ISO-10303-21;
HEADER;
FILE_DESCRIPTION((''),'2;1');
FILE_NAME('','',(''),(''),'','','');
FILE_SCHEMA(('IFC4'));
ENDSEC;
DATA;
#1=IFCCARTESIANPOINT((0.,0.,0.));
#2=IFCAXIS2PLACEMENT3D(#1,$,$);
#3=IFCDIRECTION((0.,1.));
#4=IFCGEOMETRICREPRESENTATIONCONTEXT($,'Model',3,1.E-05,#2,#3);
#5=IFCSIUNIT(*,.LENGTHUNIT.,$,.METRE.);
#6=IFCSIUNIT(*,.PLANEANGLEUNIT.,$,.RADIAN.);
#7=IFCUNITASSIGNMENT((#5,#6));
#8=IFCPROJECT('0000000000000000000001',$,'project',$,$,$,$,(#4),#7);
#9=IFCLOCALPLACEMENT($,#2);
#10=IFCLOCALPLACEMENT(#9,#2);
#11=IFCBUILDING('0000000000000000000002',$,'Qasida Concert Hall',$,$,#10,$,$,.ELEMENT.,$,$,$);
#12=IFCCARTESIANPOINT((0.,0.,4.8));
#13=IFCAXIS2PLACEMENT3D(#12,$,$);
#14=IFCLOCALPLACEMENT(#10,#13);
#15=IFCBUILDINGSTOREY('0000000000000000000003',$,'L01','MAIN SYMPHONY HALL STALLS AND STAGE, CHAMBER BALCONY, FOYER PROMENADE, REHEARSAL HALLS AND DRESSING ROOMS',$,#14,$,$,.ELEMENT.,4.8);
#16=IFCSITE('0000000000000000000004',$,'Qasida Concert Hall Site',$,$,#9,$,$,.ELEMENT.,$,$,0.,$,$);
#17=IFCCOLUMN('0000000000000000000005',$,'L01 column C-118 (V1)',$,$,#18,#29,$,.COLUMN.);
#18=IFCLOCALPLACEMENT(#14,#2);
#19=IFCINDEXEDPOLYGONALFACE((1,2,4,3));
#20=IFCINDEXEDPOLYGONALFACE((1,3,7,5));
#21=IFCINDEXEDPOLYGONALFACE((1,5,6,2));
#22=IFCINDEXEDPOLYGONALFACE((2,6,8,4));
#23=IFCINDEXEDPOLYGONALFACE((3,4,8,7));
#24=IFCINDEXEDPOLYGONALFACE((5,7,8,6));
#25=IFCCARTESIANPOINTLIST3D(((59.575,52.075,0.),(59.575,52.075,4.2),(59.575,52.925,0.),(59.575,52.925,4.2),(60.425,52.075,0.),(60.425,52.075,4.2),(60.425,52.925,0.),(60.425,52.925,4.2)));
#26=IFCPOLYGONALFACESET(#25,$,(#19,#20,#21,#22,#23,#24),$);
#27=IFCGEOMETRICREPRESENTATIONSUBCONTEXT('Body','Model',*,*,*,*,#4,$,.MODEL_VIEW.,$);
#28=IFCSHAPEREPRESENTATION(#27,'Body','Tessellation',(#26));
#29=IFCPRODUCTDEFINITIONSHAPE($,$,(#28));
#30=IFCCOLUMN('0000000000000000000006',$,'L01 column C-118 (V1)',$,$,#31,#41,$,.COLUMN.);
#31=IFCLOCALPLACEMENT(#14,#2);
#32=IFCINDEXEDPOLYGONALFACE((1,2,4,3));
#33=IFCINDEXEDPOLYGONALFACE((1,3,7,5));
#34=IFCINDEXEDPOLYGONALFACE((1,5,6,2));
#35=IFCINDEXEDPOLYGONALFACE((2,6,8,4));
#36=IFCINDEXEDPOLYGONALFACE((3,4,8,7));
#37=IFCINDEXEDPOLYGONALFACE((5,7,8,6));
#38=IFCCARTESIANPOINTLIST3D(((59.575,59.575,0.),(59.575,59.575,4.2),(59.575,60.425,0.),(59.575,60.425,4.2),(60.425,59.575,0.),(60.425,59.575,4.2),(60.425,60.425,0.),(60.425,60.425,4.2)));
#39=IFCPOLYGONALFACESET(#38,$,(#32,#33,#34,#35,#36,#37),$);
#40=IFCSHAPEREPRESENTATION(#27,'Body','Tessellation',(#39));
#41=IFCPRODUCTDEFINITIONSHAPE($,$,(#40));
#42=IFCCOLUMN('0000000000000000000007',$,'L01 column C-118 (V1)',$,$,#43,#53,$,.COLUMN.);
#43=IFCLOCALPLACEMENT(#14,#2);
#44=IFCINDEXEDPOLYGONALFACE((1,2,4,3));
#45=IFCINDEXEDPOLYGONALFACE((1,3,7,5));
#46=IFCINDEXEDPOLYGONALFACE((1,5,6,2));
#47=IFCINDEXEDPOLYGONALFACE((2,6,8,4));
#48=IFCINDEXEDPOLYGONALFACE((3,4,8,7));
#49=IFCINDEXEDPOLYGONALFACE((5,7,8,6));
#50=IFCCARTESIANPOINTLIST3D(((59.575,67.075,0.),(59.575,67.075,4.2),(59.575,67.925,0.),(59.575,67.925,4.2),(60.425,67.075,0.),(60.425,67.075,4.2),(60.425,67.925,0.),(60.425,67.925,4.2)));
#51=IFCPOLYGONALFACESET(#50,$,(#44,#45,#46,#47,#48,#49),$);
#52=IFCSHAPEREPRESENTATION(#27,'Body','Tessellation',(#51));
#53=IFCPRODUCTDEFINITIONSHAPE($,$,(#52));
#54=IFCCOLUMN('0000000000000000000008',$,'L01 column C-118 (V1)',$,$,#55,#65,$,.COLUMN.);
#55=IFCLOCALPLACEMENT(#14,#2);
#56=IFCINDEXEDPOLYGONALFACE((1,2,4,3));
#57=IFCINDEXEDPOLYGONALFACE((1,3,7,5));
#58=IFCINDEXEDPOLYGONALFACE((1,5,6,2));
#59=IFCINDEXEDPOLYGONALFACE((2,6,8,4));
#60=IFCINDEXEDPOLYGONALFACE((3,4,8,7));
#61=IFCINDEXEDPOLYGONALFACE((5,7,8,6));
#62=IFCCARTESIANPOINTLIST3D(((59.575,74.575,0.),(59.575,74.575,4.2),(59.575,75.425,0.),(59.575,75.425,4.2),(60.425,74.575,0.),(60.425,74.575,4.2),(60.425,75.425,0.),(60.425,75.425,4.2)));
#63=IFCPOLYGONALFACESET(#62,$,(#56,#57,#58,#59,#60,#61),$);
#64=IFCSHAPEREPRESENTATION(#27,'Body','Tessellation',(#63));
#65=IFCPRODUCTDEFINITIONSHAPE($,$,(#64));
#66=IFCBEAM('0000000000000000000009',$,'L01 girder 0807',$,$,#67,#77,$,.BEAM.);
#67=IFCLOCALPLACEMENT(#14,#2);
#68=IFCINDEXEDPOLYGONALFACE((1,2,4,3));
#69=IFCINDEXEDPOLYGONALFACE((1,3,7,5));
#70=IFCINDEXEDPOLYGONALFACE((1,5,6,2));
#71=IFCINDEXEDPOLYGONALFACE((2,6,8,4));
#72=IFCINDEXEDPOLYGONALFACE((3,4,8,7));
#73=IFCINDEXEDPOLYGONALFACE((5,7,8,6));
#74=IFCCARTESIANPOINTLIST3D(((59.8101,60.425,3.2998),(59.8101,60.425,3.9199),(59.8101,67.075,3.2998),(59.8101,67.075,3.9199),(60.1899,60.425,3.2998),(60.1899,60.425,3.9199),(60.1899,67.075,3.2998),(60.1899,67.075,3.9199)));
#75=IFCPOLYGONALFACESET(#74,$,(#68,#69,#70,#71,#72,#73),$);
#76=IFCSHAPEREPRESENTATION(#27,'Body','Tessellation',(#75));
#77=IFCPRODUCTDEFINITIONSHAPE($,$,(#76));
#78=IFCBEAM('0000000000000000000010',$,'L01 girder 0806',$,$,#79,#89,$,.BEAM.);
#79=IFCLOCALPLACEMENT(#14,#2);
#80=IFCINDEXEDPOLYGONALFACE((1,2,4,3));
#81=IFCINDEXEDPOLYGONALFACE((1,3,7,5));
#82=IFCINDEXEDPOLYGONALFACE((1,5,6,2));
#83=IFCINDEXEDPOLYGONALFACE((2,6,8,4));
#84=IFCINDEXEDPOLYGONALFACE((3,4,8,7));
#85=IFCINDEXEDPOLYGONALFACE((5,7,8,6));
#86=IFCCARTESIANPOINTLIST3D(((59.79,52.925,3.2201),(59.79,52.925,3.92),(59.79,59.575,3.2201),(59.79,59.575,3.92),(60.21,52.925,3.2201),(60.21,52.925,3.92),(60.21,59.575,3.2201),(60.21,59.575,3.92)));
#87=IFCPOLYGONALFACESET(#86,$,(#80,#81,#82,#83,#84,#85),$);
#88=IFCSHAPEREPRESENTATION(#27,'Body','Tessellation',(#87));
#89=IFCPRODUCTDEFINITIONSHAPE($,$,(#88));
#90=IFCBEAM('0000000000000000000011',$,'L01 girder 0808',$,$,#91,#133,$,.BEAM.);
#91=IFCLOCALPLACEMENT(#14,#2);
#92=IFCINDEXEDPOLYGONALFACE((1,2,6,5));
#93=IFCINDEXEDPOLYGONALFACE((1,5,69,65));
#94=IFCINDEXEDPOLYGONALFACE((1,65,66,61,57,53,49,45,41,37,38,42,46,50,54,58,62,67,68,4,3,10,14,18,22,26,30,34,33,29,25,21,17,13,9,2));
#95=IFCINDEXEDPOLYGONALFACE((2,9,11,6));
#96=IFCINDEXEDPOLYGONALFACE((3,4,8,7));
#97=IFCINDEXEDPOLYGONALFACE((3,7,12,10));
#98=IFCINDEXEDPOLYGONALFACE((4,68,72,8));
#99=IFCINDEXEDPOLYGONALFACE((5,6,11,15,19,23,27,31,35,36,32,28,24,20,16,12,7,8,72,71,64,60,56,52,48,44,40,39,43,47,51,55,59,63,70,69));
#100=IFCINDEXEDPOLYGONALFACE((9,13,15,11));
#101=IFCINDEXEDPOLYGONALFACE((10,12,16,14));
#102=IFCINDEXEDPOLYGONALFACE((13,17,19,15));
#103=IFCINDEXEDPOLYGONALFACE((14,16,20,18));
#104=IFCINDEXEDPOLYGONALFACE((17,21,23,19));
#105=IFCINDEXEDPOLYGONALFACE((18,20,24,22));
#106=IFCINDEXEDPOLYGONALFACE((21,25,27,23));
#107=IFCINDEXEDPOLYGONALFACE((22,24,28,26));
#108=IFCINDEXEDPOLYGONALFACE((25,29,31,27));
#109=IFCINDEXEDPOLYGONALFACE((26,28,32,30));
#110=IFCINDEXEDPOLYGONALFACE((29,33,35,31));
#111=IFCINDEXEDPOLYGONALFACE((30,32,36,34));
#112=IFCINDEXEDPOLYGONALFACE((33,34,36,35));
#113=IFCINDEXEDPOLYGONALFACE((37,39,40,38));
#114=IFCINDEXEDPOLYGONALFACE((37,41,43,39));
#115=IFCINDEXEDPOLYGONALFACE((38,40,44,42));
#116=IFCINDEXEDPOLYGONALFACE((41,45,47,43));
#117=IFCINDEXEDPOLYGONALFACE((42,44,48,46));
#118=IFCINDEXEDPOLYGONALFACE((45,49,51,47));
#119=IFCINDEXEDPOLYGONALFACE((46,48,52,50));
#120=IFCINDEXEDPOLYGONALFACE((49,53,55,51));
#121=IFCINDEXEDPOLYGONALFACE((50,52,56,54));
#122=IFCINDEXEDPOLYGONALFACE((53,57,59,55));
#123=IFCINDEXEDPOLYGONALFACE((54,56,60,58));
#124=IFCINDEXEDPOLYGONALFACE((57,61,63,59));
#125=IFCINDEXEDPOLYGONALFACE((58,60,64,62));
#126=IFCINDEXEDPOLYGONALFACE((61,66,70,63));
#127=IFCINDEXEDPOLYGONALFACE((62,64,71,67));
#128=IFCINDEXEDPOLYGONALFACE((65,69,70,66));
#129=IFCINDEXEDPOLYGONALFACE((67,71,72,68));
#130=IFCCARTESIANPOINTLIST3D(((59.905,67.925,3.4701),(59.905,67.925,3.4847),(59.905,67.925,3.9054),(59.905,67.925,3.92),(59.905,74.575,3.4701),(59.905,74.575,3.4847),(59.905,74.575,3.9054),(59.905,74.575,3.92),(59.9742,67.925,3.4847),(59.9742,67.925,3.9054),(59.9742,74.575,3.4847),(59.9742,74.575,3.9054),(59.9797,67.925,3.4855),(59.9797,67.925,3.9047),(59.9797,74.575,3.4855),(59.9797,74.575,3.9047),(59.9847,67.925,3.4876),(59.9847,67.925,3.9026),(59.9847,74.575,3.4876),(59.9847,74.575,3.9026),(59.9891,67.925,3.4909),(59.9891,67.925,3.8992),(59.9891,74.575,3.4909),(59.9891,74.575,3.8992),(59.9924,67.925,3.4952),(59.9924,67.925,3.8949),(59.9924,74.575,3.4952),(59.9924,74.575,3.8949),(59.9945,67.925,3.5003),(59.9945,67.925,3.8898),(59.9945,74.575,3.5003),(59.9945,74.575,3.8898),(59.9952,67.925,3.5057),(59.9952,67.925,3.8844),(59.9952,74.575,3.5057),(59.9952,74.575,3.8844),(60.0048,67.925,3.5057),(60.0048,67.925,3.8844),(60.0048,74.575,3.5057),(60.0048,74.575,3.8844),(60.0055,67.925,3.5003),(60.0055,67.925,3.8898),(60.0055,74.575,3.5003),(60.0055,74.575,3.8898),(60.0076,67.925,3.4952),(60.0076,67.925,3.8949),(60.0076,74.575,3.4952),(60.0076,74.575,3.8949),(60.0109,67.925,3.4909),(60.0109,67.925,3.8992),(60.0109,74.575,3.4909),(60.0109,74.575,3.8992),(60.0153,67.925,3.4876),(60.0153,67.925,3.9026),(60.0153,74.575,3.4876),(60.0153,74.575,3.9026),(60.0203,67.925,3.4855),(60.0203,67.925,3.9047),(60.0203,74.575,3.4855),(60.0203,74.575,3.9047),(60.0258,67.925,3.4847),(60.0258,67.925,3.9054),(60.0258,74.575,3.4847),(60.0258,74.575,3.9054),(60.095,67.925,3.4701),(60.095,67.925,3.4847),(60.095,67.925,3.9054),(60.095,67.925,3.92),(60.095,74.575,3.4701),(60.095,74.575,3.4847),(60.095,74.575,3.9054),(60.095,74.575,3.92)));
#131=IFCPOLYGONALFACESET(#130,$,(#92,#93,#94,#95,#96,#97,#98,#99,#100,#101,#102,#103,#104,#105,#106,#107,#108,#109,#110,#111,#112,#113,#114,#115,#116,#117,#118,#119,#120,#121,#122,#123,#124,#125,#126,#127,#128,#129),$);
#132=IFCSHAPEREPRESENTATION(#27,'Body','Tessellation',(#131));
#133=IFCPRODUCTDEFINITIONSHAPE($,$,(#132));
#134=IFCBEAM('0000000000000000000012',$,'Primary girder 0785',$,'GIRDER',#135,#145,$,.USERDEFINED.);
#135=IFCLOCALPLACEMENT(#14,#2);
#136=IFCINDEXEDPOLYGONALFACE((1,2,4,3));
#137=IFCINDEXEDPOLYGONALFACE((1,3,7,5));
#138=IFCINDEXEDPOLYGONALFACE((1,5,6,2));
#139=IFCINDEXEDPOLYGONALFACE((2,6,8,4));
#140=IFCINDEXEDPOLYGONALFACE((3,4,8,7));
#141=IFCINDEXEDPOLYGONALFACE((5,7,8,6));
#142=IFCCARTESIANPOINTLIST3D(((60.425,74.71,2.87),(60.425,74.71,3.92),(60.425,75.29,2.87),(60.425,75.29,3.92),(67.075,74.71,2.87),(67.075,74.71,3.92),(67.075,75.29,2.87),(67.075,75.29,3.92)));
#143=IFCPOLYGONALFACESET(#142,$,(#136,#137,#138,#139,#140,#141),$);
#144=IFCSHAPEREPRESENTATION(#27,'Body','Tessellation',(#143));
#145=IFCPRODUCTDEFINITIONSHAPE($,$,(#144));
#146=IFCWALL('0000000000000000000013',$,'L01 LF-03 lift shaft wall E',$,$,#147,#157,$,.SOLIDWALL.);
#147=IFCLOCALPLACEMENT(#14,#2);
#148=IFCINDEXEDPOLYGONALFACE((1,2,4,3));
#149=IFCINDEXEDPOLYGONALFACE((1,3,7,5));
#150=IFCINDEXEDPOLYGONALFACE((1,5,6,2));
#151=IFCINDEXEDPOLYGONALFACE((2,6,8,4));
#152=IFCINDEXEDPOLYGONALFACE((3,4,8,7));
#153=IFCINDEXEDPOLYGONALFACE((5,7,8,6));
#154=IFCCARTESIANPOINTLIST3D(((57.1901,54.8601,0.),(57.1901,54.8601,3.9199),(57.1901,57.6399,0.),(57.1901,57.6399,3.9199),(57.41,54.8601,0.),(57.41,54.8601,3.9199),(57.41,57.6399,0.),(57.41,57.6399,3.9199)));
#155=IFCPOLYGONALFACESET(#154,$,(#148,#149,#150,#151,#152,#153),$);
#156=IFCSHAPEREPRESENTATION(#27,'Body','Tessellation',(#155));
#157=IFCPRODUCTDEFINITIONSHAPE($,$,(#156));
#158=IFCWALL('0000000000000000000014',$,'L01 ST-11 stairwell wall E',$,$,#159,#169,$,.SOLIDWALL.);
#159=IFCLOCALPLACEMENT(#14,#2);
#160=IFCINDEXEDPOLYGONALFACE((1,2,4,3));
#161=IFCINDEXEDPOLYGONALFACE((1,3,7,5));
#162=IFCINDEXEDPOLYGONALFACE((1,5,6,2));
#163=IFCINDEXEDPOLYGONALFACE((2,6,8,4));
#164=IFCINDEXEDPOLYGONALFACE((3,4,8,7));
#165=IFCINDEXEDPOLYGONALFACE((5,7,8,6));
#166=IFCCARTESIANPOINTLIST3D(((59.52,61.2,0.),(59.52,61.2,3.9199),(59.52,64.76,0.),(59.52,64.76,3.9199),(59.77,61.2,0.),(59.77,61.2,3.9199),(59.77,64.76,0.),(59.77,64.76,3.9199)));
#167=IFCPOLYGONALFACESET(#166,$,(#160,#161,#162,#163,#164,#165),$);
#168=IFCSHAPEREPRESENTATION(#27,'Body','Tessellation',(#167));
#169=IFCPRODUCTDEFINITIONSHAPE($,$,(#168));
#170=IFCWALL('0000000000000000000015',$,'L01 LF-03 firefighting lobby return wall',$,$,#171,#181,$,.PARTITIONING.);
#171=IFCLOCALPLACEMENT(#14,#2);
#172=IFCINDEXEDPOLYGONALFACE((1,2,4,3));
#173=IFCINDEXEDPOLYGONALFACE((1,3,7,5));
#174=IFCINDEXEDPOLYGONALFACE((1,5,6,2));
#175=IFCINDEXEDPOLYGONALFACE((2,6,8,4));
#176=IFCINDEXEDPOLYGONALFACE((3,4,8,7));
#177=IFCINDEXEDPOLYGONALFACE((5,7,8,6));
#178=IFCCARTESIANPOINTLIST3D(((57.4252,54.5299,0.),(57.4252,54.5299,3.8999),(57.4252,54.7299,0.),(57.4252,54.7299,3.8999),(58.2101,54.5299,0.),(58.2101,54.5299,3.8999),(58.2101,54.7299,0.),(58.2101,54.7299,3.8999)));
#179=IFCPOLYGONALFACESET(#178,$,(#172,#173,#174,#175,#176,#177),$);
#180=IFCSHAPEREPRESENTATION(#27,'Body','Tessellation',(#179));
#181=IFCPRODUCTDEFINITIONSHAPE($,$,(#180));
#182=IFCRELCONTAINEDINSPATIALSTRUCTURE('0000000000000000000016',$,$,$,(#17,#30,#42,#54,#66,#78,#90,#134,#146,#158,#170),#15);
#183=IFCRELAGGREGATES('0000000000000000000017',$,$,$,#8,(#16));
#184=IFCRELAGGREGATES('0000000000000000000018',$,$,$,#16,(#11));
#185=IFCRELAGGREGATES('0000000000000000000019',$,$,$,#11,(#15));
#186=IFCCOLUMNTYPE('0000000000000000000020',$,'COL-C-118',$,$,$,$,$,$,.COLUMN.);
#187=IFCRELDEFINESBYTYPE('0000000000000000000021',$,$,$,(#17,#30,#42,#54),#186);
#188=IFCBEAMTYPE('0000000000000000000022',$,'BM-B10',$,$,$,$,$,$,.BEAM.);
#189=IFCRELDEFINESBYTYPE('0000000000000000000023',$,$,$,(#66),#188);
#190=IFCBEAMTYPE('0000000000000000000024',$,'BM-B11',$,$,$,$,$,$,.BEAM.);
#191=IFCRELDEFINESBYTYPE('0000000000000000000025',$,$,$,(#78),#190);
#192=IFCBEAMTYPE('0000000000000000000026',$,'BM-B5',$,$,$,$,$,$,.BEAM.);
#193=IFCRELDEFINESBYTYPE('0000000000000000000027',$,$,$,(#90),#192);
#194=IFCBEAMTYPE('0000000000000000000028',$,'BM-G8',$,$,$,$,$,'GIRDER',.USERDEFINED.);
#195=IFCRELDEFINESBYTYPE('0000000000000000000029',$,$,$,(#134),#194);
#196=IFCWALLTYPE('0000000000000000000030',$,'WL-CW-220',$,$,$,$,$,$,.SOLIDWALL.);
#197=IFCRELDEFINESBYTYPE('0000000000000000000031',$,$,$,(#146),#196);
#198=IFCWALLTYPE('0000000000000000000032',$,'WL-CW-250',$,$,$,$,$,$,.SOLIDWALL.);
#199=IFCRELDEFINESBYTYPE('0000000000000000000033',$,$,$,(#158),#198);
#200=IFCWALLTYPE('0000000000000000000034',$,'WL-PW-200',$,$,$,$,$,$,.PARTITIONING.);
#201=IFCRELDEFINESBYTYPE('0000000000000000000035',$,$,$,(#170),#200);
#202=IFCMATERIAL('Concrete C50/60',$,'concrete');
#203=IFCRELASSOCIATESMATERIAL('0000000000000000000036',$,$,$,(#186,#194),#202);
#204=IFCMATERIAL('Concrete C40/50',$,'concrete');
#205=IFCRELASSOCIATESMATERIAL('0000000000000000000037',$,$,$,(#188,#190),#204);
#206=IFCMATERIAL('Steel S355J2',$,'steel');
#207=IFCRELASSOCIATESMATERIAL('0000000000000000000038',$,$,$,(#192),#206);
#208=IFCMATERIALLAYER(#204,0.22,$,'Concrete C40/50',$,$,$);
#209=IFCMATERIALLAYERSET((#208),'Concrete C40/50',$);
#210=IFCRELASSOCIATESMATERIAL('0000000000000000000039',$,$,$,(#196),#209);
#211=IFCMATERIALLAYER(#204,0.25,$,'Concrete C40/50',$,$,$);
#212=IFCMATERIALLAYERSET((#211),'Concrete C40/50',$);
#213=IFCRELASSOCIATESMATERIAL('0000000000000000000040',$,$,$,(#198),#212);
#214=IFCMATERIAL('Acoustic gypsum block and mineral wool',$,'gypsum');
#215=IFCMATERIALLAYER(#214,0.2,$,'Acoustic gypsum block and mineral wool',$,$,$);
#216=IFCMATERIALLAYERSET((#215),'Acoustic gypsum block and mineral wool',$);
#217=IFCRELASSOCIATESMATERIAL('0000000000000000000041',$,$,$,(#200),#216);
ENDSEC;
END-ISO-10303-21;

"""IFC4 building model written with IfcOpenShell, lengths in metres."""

from ifc_helpers import new_model, si_unit, direction, frame, frame_2d, origin, origin_2d, place, context, subcontext, project, spatial, rectangle, i_section, extrude, material, layer, layer_set, material_profile, profile_set, type_object, element, save


model = new_model("IFC4")

# Units and contexts
model_context = context("Model", 3, precision=1e-05, world=origin(), true_north=direction((0.0, 1.0)))
body_context = subcontext(model_context, "Body", "Model", "MODEL_VIEW")
ifc_project = project(units=[si_unit("LENGTHUNIT", "METRE"), si_unit("PLANEANGLEUNIT", "RADIAN")], contexts=[model_context])

# Site, building, storey
site_placement = place(None, origin())
site = spatial("IfcSite", under=ifc_project, at=site_placement, Name="Qasida Concert Hall Site", CompositionType="ELEMENT", RefElevation=0.0)
building_placement = place(site_placement, origin())
building = spatial("IfcBuilding", under=site, at=building_placement, Name="Qasida Concert Hall", CompositionType="ELEMENT")
storey_placement = place(building_placement, frame((0.0, 0.0, 4.8)))
storey = spatial("IfcBuildingStorey", under=building, at=storey_placement, Name="L01", Description="MAIN SYMPHONY HALL STALLS AND STAGE, CHAMBER BALCONY, FOYER PROMENADE, REHEARSAL HALLS AND DRESSING ROOMS", CompositionType="ELEMENT", Elevation=4.8)

# Columns
ifc_material_1 = material(Name="Concrete C50/60", Category="concrete")
ifc_material_profile_1 = material_profile(ifc_material_1, rectangle(XDim=0.8501, YDim=0.8501, at=origin_2d()), Name="RC 850x850")
ifc_profile_set_1 = profile_set([ifc_material_profile_1], Name="Concrete C50/60")
column_type = type_object("IfcColumnType", Name="COL-C-118", PredefinedType="COLUMN", material=ifc_profile_set_1)
for number, where, z_axis, x_axis, name in (
    (1, (60.0, 52.5, 0.0), (0.0, 0.0, 1.0), (1.0, 0.0, 0.0), "L01 column C-118 (V1)"),
    (2, (60.0, 60.0, 0.0), (0.0, 0.0, 1.0), (1.0, 0.0, 0.0), "L01 column C-118 (V1)"),
    (3, (60.0, 67.5, 0.0), (0.0, 0.0, 1.0), (1.0, 0.0, 0.0), "L01 column C-118 (V1)"),
    (4, (60.0, 75.0, 0.0), (0.0, 0.0, 1.0), (1.0, 0.0, 0.0), "L01 column C-118 (V1)"),
):
    element("IfcColumn", number, at=place(storey_placement, frame(where, z_axis=z_axis, x_axis=x_axis)), inside=storey, type_object=column_type, Name=name, PredefinedType="COLUMN", context=body_context, shape_type="SweptSolid", body=[
        extrude(rectangle(XDim=0.8501, YDim=0.8501, at=origin_2d()), origin(), (0.0, 0.0, 1.0), 4.2),
    ])

# Beams
ifc_material_2 = material(Name="Concrete C40/50", Category="concrete")
ifc_material_profile_2 = material_profile(ifc_material_2, rectangle(XDim=0.3799, YDim=0.6201, at=origin_2d()), Name="RC 380x620")
ifc_profile_set_2 = profile_set([ifc_material_profile_2], Name="Concrete C40/50")
beam_type_1 = type_object("IfcBeamType", Name="BM-B10", PredefinedType="BEAM", material=ifc_profile_set_2)
beam_1_placement = place(storey_placement, frame((60.0, 60.425, 3.6099), z_axis=(0.0, 1.0, 0.0), x_axis=(-1.0, 0.0, 0.0)))
element("IfcBeam", 5, at=beam_1_placement, inside=storey, type_object=beam_type_1, Name="L01 girder 0807", PredefinedType="BEAM", context=body_context, shape_type="SweptSolid", body=[
    extrude(rectangle(XDim=0.3799, YDim=0.6201, at=origin_2d()), origin(), (0.0, 0.0, 1.0), 6.6499),
])
ifc_material_profile_3 = material_profile(ifc_material_2, rectangle(XDim=0.4199, YDim=0.7, at=origin_2d()), Name="RC 420x700")
ifc_profile_set_3 = profile_set([ifc_material_profile_3], Name="Concrete C40/50")
beam_type_2 = type_object("IfcBeamType", Name="BM-B11", PredefinedType="BEAM", material=ifc_profile_set_3)
beam_2_placement = place(storey_placement, frame((60.0, 52.925, 3.5701), z_axis=(0.0, 1.0, 0.0), x_axis=(-1.0, 0.0, 0.0)))
element("IfcBeam", 6, at=beam_2_placement, inside=storey, type_object=beam_type_2, Name="L01 girder 0806", PredefinedType="BEAM", context=body_context, shape_type="SweptSolid", body=[
    extrude(rectangle(XDim=0.4199, YDim=0.7, at=origin_2d()), origin(), (0.0, 0.0, 1.0), 6.6499),
])
ifc_material_3 = material(Name="Steel S355J2", Category="steel")
ifc_material_profile_4 = material_profile(ifc_material_3, i_section(OverallWidth=0.1899, OverallDepth=0.45, WebThickness=0.0095, FlangeThickness=0.0146, FilletRadius=0.021, at=origin_2d()), Name="IPE 450")
ifc_profile_set_4 = profile_set([ifc_material_profile_4], Name="Steel S355J2")
beam_type_3 = type_object("IfcBeamType", Name="BM-B5", PredefinedType="BEAM", material=ifc_profile_set_4)
beam_3_placement = place(storey_placement, frame((60.0, 67.925, 3.6951), z_axis=(0.0, 1.0, 0.0), x_axis=(-1.0, 0.0, 0.0)))
element("IfcBeam", 7, at=beam_3_placement, inside=storey, type_object=beam_type_3, Name="L01 girder 0808", PredefinedType="BEAM", context=body_context, shape_type="SweptSolid", body=[
    extrude(i_section(OverallWidth=0.1899, OverallDepth=0.45, WebThickness=0.0095, FlangeThickness=0.0146, FilletRadius=0.021, at=origin_2d()), origin(), (0.0, 0.0, 1.0), 6.6499),
])
ifc_material_profile_5 = material_profile(ifc_material_1, rectangle(XDim=0.5801, YDim=1.05, at=origin_2d()), Name="RC 580x1050")
ifc_profile_set_5 = profile_set([ifc_material_profile_5], Name="Concrete C50/60")
beam_type_4 = type_object("IfcBeamType", Name="BM-G8", ElementType="GIRDER", PredefinedType="USERDEFINED", material=ifc_profile_set_5)
beam_4_placement = place(storey_placement, frame((60.425, 75.0, 3.395), z_axis=(1.0, 0.0, 0.0), x_axis=(0.0, 1.0, 0.0)))
element("IfcBeam", 8, at=beam_4_placement, inside=storey, type_object=beam_type_4, Name="Primary girder 0785", ObjectType="GIRDER", PredefinedType="USERDEFINED", context=body_context, shape_type="SweptSolid", body=[
    extrude(rectangle(XDim=0.5801, YDim=1.05, at=origin_2d()), origin(), (0.0, 0.0, 1.0), 6.6499),
])

# Wall
ifc_layer_1 = layer(ifc_material_2, 0.22, Name="Concrete C40/50")
ifc_layer_set_1 = layer_set([ifc_layer_1], Name="Concrete C40/50")
wall_type_1 = type_object("IfcWallType", Name="WL-CW-220", PredefinedType="SOLIDWALL", material=ifc_layer_set_1)
wall_1_placement = place(storey_placement, frame((57.3, 54.8601, 0.0), z_axis=(0.0, 0.0, 1.0), x_axis=(0.0, 1.0, 0.0)))
element("IfcWall", 9, at=wall_1_placement, inside=storey, type_object=wall_type_1, Name="L01 LF-03 lift shaft wall E", PredefinedType="SOLIDWALL", context=body_context, shape_type="SweptSolid", body=[
    extrude(rectangle(XDim=2.7798, YDim=0.22, at=frame_2d((1.3899, 0.0))), origin(), (0.0, 0.0, 1.0), 3.9199),
])

# Walls
ifc_layer_2 = layer(ifc_material_2, 0.25, Name="Concrete C40/50")
ifc_layer_set_2 = layer_set([ifc_layer_2], Name="Concrete C40/50")
wall_type_2 = type_object("IfcWallType", Name="WL-CW-250", PredefinedType="SOLIDWALL", material=ifc_layer_set_2)
wall_2_placement = place(storey_placement, frame((59.645, 61.2, 0.0), z_axis=(0.0, 0.0, 1.0), x_axis=(0.0, 1.0, 0.0)))
element("IfcWall", 10, at=wall_2_placement, inside=storey, type_object=wall_type_2, Name="L01 ST-11 stairwell wall E", PredefinedType="SOLIDWALL", context=body_context, shape_type="SweptSolid", body=[
    extrude(rectangle(XDim=3.5601, YDim=0.25, at=frame_2d((1.78, 0.0))), origin(), (0.0, 0.0, 1.0), 3.9199),
])
ifc_material_4 = material(Name="Acoustic gypsum block and mineral wool", Category="gypsum")
ifc_layer_3 = layer(ifc_material_4, 0.2, Name="Acoustic gypsum block and mineral wool")
ifc_layer_set_3 = layer_set([ifc_layer_3], Name="Acoustic gypsum block and mineral wool")
wall_type_3 = type_object("IfcWallType", Name="WL-PW-200", PredefinedType="PARTITIONING", material=ifc_layer_set_3)
wall_3_placement = place(storey_placement, frame((57.425, 54.6299, 0.0), z_axis=(0.0, 0.0, 1.0), x_axis=(1.0, 0.0, 0.0)))
element("IfcWall", 11, at=wall_3_placement, inside=storey, type_object=wall_type_3, Name="L01 LF-03 firefighting lobby return wall", PredefinedType="PARTITIONING", context=body_context, shape_type="SweptSolid", body=[
    extrude(rectangle(XDim=0.7849, YDim=0.2, at=frame_2d((0.3926, 0.0))), origin(), (0.0, 0.0, 1.0), 3.8999),
])

save(model, "model.ifc")
